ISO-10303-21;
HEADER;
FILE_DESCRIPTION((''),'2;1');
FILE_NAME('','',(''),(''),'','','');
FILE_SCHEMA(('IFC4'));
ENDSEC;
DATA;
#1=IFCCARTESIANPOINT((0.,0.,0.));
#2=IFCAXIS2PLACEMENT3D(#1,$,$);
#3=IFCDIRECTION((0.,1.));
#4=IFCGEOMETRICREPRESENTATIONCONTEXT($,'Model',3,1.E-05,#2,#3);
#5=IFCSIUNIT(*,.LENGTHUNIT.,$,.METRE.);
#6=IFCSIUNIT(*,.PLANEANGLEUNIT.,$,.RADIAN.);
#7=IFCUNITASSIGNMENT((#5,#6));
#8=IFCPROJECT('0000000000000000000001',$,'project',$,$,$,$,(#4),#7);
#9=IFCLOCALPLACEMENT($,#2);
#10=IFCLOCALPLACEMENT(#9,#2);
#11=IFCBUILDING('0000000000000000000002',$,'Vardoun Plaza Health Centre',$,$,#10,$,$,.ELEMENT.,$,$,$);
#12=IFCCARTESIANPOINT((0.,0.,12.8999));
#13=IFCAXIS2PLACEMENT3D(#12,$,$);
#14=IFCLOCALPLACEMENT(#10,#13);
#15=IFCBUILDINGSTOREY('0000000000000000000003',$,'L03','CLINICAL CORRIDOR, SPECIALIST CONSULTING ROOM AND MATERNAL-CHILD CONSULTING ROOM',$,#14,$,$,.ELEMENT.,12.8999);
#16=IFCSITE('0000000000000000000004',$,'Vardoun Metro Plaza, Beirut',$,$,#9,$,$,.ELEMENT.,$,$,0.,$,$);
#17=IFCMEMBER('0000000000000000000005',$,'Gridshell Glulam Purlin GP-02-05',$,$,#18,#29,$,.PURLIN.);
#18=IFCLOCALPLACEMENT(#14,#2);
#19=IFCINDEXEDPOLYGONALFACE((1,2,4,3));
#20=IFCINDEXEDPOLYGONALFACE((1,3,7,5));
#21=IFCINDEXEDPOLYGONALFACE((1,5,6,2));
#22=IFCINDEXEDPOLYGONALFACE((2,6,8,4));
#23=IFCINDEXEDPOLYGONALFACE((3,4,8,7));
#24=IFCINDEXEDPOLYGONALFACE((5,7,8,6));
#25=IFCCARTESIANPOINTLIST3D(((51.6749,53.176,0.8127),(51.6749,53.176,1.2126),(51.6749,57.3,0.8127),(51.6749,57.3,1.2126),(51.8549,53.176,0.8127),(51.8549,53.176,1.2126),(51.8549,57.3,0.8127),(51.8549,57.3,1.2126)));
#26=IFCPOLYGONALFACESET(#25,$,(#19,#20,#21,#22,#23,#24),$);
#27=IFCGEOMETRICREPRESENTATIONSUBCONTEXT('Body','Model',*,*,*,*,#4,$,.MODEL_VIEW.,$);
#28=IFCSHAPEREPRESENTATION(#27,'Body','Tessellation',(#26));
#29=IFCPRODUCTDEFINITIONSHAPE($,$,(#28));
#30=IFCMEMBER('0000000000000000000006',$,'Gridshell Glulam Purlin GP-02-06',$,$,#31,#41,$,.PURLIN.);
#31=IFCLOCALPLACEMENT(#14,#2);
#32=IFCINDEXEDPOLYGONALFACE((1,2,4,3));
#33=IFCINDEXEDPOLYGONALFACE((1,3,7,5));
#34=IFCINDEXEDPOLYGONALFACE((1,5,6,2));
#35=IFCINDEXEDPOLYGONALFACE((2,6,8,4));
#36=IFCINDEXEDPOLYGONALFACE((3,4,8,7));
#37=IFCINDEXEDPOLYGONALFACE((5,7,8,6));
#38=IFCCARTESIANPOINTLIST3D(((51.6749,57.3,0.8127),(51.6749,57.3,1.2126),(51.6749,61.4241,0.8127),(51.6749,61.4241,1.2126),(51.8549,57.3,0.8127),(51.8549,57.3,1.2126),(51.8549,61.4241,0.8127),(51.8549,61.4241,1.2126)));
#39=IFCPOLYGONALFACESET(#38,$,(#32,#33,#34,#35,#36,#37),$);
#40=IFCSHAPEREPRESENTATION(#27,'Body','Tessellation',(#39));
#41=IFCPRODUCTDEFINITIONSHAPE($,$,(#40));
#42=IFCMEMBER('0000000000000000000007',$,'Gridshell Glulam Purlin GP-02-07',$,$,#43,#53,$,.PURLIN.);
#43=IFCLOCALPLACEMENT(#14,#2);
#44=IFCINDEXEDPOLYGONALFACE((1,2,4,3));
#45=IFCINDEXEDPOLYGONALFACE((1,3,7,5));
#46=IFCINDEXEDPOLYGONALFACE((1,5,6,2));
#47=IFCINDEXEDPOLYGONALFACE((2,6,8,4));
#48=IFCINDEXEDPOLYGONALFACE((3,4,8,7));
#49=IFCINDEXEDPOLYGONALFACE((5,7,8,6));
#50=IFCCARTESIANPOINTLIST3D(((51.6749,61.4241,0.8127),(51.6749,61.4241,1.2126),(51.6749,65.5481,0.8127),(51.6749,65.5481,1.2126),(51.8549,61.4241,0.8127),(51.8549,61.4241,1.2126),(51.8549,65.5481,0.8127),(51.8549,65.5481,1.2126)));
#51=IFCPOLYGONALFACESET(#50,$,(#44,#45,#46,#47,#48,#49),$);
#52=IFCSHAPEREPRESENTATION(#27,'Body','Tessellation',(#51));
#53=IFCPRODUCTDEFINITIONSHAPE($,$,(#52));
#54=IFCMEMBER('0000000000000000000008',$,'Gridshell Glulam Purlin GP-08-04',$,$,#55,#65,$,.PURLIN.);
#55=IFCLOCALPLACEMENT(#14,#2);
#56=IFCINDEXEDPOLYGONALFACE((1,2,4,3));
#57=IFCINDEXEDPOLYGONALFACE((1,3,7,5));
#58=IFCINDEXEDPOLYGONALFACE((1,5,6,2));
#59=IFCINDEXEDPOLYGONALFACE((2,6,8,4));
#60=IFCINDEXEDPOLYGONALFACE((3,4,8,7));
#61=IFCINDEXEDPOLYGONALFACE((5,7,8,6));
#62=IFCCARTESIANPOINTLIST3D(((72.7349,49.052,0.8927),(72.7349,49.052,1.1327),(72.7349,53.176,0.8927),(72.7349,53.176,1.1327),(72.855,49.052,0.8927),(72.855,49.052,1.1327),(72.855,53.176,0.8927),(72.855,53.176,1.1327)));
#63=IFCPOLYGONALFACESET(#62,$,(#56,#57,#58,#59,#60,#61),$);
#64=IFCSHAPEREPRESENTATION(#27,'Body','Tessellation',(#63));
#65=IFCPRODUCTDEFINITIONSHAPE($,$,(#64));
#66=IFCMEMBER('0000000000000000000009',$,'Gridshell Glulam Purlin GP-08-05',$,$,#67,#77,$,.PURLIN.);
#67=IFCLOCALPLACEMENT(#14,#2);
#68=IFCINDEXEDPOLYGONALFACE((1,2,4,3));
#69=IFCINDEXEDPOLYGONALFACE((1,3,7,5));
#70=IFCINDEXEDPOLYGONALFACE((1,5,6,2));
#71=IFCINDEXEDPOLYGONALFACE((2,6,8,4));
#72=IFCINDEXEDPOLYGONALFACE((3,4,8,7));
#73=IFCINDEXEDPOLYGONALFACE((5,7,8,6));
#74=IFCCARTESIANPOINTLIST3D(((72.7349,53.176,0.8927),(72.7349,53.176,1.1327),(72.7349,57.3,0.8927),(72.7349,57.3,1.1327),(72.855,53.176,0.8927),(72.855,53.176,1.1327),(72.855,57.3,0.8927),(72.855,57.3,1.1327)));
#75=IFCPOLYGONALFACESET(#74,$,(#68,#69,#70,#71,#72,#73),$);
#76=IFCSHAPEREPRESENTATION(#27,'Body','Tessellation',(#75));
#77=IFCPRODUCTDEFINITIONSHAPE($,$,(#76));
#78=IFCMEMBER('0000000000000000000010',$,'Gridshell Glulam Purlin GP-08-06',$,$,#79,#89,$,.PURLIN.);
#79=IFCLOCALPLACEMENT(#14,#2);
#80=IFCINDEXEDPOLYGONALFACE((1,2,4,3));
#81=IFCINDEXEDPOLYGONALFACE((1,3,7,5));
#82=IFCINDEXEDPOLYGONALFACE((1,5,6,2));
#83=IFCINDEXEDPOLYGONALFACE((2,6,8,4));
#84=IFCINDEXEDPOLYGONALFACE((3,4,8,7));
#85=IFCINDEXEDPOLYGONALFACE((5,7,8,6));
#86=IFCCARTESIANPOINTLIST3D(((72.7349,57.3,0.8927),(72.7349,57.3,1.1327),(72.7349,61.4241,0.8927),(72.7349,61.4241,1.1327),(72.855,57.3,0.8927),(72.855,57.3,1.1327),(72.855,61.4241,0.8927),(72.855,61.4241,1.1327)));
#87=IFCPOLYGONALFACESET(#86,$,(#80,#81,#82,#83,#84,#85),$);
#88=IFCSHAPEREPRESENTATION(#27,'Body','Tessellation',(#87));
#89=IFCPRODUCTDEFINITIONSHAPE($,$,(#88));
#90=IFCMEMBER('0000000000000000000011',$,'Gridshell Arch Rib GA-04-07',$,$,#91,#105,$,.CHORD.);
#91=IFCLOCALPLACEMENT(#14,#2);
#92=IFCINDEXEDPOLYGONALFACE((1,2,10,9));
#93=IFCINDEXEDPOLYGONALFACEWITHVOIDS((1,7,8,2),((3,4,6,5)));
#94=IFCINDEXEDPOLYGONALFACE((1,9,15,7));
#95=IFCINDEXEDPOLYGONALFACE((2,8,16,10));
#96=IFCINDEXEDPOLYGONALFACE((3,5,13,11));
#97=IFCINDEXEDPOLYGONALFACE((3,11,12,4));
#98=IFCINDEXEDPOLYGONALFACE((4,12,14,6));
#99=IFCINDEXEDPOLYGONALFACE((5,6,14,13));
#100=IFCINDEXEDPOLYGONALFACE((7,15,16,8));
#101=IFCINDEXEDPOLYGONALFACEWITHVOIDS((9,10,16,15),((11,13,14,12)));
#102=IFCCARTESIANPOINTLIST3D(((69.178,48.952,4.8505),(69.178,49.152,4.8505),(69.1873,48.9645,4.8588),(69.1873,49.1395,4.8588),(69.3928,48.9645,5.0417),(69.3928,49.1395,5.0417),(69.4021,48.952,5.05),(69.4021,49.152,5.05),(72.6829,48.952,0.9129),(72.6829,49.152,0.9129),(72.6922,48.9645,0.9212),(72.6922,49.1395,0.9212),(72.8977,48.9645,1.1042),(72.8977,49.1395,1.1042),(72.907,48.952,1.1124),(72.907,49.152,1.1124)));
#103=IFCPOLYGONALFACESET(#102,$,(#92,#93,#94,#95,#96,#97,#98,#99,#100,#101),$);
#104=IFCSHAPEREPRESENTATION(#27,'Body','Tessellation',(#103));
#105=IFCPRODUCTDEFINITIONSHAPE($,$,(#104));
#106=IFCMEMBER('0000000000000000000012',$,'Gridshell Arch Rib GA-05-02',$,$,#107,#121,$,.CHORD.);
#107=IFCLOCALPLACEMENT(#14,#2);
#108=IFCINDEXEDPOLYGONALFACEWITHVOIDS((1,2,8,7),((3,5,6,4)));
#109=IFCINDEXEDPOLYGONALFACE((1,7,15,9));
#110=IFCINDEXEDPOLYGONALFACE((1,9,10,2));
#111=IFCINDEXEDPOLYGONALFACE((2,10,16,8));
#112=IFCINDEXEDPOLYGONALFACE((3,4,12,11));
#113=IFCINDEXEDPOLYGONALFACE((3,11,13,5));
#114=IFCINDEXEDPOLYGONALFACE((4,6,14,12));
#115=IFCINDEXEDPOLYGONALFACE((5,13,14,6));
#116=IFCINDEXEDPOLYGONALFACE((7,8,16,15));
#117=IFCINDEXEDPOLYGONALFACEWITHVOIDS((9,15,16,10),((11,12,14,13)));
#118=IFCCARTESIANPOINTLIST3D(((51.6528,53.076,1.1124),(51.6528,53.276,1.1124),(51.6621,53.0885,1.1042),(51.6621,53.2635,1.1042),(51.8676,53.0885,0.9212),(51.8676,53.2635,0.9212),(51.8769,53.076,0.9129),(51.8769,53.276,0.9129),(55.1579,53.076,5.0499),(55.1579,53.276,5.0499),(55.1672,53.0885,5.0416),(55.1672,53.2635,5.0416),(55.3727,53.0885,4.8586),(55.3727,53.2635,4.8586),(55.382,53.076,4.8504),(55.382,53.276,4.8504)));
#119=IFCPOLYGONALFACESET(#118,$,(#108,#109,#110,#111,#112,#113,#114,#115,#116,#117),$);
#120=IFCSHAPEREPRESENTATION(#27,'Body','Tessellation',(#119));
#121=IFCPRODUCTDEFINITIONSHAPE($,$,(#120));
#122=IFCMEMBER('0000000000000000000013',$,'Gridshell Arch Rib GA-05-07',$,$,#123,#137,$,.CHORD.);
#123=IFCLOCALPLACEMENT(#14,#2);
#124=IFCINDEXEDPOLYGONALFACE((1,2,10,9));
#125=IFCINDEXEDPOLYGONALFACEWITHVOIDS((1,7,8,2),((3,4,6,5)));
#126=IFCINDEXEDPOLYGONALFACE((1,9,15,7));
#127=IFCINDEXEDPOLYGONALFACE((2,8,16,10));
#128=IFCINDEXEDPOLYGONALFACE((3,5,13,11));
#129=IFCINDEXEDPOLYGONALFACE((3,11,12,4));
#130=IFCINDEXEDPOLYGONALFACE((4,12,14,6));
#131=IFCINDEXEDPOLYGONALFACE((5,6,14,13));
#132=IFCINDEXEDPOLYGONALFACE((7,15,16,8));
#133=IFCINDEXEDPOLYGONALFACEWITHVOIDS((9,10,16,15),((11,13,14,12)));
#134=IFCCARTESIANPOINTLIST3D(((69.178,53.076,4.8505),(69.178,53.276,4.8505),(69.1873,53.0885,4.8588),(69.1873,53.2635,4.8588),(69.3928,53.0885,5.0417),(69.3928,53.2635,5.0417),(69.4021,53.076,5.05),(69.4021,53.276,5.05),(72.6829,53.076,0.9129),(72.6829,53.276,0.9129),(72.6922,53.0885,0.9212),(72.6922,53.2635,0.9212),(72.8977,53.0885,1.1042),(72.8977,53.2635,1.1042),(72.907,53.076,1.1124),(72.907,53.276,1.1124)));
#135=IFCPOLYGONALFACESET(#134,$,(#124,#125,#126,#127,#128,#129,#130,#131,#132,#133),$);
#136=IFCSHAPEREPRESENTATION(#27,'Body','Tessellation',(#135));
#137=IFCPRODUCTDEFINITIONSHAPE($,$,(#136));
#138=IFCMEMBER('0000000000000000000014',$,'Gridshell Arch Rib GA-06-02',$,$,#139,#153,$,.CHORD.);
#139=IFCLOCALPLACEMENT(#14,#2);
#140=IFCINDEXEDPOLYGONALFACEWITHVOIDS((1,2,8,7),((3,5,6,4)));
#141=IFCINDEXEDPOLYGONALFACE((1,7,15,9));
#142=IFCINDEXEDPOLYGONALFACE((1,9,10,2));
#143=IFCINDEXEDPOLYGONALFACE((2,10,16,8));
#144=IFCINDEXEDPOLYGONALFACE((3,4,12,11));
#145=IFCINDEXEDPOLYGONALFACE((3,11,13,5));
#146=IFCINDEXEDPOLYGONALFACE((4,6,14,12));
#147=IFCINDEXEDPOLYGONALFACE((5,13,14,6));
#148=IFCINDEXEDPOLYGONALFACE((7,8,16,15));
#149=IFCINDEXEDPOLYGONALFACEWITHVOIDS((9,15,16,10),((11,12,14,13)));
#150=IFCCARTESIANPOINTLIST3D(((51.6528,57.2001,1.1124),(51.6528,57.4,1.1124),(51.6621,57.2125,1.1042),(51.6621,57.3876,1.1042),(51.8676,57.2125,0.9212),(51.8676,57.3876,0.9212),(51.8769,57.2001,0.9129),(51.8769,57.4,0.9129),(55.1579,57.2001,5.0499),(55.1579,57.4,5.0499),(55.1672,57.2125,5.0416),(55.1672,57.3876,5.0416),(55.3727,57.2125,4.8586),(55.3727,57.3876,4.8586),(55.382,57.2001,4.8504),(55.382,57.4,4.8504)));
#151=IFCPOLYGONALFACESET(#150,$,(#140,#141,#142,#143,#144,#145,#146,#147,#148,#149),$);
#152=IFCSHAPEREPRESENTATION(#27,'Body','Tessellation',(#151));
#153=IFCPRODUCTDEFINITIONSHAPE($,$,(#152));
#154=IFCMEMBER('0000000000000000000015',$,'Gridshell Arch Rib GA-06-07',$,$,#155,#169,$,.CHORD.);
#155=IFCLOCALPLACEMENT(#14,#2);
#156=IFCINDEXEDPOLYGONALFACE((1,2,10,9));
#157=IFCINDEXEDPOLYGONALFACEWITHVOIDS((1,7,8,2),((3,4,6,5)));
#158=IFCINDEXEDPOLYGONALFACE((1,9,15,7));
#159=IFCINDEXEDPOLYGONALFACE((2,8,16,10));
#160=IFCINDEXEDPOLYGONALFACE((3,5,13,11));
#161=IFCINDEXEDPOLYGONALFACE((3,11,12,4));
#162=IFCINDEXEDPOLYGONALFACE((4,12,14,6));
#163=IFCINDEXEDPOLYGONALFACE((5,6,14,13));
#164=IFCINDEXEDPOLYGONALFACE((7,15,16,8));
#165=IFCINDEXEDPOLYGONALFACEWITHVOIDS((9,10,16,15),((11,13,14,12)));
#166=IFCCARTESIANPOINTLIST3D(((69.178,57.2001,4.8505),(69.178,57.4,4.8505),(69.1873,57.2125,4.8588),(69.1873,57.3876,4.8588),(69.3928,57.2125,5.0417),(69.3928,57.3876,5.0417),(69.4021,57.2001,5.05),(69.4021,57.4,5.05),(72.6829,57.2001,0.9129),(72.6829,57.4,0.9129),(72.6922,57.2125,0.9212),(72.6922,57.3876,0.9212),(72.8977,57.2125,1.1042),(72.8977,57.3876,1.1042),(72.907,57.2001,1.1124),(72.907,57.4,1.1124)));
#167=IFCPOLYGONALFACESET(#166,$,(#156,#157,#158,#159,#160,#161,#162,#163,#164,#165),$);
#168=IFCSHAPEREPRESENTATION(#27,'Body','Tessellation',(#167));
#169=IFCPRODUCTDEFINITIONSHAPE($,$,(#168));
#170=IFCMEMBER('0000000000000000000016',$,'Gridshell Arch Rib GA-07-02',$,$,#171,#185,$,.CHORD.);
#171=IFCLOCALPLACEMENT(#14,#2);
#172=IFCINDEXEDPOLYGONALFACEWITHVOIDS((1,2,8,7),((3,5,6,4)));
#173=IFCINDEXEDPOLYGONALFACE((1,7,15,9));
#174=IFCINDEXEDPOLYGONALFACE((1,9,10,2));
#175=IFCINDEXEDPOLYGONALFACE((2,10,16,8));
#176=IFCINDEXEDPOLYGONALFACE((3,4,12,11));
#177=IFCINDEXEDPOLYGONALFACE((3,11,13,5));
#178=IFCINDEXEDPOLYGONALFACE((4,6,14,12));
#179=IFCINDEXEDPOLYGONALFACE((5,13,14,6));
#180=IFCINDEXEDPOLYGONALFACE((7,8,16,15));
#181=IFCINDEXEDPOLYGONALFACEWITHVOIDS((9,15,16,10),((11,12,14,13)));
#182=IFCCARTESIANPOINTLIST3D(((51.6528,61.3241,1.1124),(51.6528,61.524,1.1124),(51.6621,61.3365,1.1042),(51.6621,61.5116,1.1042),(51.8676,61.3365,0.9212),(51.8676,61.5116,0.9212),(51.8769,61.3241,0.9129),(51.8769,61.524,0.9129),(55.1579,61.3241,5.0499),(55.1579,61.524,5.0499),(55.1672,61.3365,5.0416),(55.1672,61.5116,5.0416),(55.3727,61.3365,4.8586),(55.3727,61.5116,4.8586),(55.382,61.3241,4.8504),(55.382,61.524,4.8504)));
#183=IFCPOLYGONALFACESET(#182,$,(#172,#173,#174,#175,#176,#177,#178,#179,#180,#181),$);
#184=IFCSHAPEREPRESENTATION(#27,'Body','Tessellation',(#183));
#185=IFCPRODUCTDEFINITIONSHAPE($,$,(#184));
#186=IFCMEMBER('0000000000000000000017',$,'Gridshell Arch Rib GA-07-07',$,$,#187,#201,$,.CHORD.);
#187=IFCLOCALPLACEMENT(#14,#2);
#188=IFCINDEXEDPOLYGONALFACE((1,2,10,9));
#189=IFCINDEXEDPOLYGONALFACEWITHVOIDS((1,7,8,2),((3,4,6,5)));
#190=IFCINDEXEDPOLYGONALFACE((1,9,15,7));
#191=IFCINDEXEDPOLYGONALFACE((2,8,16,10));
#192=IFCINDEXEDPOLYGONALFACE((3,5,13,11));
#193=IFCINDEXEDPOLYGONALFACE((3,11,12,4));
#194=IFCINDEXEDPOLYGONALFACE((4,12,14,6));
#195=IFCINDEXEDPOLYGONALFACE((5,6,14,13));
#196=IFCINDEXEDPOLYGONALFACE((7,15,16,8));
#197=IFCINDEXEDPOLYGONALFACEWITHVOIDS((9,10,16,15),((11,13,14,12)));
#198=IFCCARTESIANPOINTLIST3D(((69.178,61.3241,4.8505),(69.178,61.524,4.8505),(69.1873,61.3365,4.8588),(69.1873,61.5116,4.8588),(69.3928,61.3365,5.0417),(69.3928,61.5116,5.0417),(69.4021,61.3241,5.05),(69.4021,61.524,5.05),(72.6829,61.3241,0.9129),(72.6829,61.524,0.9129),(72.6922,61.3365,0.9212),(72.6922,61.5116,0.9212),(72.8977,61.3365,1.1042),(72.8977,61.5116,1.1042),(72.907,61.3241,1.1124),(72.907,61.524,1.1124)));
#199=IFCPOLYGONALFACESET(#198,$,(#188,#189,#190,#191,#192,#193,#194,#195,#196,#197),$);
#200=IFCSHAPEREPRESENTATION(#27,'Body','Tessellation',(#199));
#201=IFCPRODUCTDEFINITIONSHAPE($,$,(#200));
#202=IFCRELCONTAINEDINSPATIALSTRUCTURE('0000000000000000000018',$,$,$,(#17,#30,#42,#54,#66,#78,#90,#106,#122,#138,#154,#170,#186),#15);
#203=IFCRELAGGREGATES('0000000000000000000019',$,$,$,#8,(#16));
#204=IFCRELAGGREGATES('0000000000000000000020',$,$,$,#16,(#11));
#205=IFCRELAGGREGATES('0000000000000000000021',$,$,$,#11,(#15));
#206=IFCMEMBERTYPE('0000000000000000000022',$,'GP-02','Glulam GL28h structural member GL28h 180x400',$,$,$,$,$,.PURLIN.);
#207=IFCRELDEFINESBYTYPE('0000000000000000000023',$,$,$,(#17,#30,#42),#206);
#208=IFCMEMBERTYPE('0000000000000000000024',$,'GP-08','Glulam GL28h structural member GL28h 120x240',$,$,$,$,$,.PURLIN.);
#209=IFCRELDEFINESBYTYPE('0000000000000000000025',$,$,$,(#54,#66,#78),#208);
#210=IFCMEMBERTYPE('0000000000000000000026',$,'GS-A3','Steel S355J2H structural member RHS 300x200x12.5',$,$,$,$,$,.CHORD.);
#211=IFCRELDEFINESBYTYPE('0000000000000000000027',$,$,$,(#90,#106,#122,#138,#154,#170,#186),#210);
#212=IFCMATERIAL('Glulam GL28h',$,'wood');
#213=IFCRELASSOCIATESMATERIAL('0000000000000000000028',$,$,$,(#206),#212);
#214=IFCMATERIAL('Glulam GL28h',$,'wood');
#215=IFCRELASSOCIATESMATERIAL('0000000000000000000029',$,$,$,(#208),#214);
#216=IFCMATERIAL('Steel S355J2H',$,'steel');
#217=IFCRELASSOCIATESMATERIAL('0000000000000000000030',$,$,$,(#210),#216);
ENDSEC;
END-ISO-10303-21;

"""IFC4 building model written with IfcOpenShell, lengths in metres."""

from ifc_helpers import new_model, si_unit, direction, frame, origin, origin_2d, place, context, subcontext, project, spatial, rectangle, hollow_rectangle, extrude, material, material_profile, profile_set, type_object, element, save


model = new_model("IFC4")

# Units and contexts
model_context = context("Model", 3, precision=1e-05, world=origin(), true_north=direction((0.0, 1.0)))
body_context = subcontext(model_context, "Body", "Model", "MODEL_VIEW")
ifc_project = project(units=[si_unit("LENGTHUNIT", "METRE"), si_unit("PLANEANGLEUNIT", "RADIAN")], contexts=[model_context])

# Site, building, storey
site_placement = place(None, origin())
site = spatial("IfcSite", under=ifc_project, at=site_placement, Name="Vardoun Metro Plaza, Beirut", CompositionType="ELEMENT", RefElevation=0.0)
building_placement = place(site_placement, origin())
building = spatial("IfcBuilding", under=site, at=building_placement, Name="Vardoun Plaza Health Centre", CompositionType="ELEMENT")
storey_placement = place(building_placement, frame((0.0, 0.0, 12.8999)))
storey = spatial("IfcBuildingStorey", under=building, at=storey_placement, Name="L03", Description="CLINICAL CORRIDOR, SPECIALIST CONSULTING ROOM AND MATERNAL-CHILD CONSULTING ROOM", CompositionType="ELEMENT", Elevation=12.8999)

# Members
ifc_material_1 = material(Name="Glulam GL28h", Category="wood")
ifc_material_profile_1 = material_profile(ifc_material_1, rectangle(XDim=0.1799, YDim=0.3999, at=origin_2d()), Name="GL28h 180x400")
ifc_profile_set_1 = profile_set([ifc_material_profile_1], Name="Glulam GL28h")
member_type_1 = type_object("IfcMemberType", Name="GP-02", Description="Glulam GL28h structural member GL28h 180x400", PredefinedType="PURLIN", material=ifc_profile_set_1)
for number, where, z_axis, x_axis, name in (
    (1, (51.7649, 53.176, 1.0127), (0.0, 1.0, 0.0), (-1.0, 0.0, 0.0), "Gridshell Glulam Purlin GP-02-05"),
    (2, (51.7649, 57.3, 1.0127), (0.0, 1.0, 0.0), (-1.0, 0.0, 0.0), "Gridshell Glulam Purlin GP-02-06"),
    (3, (51.7649, 61.4241, 1.0127), (0.0, 1.0, 0.0), (-1.0, 0.0, 0.0), "Gridshell Glulam Purlin GP-02-07"),
):
    element("IfcMember", number, at=place(storey_placement, frame(where, z_axis=z_axis, x_axis=x_axis)), inside=storey, type_object=member_type_1, Name=name, PredefinedType="PURLIN", context=body_context, shape_type="SweptSolid", body=[
        extrude(rectangle(XDim=0.1799, YDim=0.3999, at=origin_2d()), origin(), (0.0, 0.0, 1.0), 4.124),
    ])
ifc_material_2 = material(Name="Glulam GL28h", Category="wood")
ifc_material_profile_2 = material_profile(ifc_material_2, rectangle(XDim=0.1201, YDim=0.24, at=origin_2d()), Name="GL28h 120x240")
ifc_profile_set_2 = profile_set([ifc_material_profile_2], Name="Glulam GL28h")
member_type_2 = type_object("IfcMemberType", Name="GP-08", Description="Glulam GL28h structural member GL28h 120x240", PredefinedType="PURLIN", material=ifc_profile_set_2)
for number, where, z_axis, x_axis, name in (
    (4, (72.7949, 49.052, 1.0127), (0.0, 1.0, 0.0), (-1.0, 0.0, 0.0), "Gridshell Glulam Purlin GP-08-04"),
    (5, (72.7949, 53.176, 1.0127), (0.0, 1.0, 0.0), (-1.0, 0.0, 0.0), "Gridshell Glulam Purlin GP-08-05"),
    (6, (72.7949, 57.3, 1.0127), (0.0, 1.0, 0.0), (-1.0, 0.0, 0.0), "Gridshell Glulam Purlin GP-08-06"),
):
    element("IfcMember", number, at=place(storey_placement, frame(where, z_axis=z_axis, x_axis=x_axis)), inside=storey, type_object=member_type_2, Name=name, PredefinedType="PURLIN", context=body_context, shape_type="SweptSolid", body=[
        extrude(rectangle(XDim=0.1201, YDim=0.24, at=origin_2d()), origin(), (0.0, 0.0, 1.0), 4.124),
    ])
ifc_material_3 = material(Name="Steel S355J2H", Category="steel")
ifc_material_profile_3 = material_profile(ifc_material_3, hollow_rectangle(XDim=0.2, YDim=0.3, WallThickness=0.0125, at=origin_2d()), Name="RHS 300x200x12.5")
ifc_profile_set_3 = profile_set([ifc_material_profile_3], Name="Steel S355J2H")
member_type_3 = type_object("IfcMemberType", Name="GS-A3", Description="Steel S355J2H structural member RHS 300x200x12.5", PredefinedType="CHORD", material=ifc_profile_set_3)
for number, where, z_axis, x_axis, name in (
    (7, (72.7949, 49.052, 1.0127), (-0.664881, 0.0, 0.746949), (0.0, -1.0, 0.0), "Gridshell Arch Rib GA-04-07"),
    (8, (51.7649, 53.176, 1.0127), (0.664907, 0.0, 0.746926), (0.0, 1.0, 0.0), "Gridshell Arch Rib GA-05-02"),
    (9, (72.7949, 53.176, 1.0127), (-0.664881, 0.0, 0.746949), (0.0, -1.0, 0.0), "Gridshell Arch Rib GA-05-07"),
    (10, (51.7649, 57.3, 1.0127), (0.664907, 0.0, 0.746926), (0.0, 1.0, 0.0), "Gridshell Arch Rib GA-06-02"),
    (11, (72.7949, 57.3, 1.0127), (-0.664881, 0.0, 0.746949), (0.0, -1.0, 0.0), "Gridshell Arch Rib GA-06-07"),
    (12, (51.7649, 61.4241, 1.0127), (0.664907, 0.0, 0.746926), (0.0, 1.0, 0.0), "Gridshell Arch Rib GA-07-02"),
    (13, (72.7949, 61.4241, 1.0127), (-0.664881, 0.0, 0.746949), (0.0, -1.0, 0.0), "Gridshell Arch Rib GA-07-07"),
):
    element("IfcMember", number, at=place(storey_placement, frame(where, z_axis=z_axis, x_axis=x_axis)), inside=storey, type_object=member_type_3, Name=name, PredefinedType="CHORD", context=body_context, shape_type="SweptSolid", body=[
        extrude(hollow_rectangle(XDim=0.2, YDim=0.3, WallThickness=0.0125, at=origin_2d()), origin(), (0.0, 0.0, 1.0), 5.2715),
    ])

save(model, "model.ifc")
